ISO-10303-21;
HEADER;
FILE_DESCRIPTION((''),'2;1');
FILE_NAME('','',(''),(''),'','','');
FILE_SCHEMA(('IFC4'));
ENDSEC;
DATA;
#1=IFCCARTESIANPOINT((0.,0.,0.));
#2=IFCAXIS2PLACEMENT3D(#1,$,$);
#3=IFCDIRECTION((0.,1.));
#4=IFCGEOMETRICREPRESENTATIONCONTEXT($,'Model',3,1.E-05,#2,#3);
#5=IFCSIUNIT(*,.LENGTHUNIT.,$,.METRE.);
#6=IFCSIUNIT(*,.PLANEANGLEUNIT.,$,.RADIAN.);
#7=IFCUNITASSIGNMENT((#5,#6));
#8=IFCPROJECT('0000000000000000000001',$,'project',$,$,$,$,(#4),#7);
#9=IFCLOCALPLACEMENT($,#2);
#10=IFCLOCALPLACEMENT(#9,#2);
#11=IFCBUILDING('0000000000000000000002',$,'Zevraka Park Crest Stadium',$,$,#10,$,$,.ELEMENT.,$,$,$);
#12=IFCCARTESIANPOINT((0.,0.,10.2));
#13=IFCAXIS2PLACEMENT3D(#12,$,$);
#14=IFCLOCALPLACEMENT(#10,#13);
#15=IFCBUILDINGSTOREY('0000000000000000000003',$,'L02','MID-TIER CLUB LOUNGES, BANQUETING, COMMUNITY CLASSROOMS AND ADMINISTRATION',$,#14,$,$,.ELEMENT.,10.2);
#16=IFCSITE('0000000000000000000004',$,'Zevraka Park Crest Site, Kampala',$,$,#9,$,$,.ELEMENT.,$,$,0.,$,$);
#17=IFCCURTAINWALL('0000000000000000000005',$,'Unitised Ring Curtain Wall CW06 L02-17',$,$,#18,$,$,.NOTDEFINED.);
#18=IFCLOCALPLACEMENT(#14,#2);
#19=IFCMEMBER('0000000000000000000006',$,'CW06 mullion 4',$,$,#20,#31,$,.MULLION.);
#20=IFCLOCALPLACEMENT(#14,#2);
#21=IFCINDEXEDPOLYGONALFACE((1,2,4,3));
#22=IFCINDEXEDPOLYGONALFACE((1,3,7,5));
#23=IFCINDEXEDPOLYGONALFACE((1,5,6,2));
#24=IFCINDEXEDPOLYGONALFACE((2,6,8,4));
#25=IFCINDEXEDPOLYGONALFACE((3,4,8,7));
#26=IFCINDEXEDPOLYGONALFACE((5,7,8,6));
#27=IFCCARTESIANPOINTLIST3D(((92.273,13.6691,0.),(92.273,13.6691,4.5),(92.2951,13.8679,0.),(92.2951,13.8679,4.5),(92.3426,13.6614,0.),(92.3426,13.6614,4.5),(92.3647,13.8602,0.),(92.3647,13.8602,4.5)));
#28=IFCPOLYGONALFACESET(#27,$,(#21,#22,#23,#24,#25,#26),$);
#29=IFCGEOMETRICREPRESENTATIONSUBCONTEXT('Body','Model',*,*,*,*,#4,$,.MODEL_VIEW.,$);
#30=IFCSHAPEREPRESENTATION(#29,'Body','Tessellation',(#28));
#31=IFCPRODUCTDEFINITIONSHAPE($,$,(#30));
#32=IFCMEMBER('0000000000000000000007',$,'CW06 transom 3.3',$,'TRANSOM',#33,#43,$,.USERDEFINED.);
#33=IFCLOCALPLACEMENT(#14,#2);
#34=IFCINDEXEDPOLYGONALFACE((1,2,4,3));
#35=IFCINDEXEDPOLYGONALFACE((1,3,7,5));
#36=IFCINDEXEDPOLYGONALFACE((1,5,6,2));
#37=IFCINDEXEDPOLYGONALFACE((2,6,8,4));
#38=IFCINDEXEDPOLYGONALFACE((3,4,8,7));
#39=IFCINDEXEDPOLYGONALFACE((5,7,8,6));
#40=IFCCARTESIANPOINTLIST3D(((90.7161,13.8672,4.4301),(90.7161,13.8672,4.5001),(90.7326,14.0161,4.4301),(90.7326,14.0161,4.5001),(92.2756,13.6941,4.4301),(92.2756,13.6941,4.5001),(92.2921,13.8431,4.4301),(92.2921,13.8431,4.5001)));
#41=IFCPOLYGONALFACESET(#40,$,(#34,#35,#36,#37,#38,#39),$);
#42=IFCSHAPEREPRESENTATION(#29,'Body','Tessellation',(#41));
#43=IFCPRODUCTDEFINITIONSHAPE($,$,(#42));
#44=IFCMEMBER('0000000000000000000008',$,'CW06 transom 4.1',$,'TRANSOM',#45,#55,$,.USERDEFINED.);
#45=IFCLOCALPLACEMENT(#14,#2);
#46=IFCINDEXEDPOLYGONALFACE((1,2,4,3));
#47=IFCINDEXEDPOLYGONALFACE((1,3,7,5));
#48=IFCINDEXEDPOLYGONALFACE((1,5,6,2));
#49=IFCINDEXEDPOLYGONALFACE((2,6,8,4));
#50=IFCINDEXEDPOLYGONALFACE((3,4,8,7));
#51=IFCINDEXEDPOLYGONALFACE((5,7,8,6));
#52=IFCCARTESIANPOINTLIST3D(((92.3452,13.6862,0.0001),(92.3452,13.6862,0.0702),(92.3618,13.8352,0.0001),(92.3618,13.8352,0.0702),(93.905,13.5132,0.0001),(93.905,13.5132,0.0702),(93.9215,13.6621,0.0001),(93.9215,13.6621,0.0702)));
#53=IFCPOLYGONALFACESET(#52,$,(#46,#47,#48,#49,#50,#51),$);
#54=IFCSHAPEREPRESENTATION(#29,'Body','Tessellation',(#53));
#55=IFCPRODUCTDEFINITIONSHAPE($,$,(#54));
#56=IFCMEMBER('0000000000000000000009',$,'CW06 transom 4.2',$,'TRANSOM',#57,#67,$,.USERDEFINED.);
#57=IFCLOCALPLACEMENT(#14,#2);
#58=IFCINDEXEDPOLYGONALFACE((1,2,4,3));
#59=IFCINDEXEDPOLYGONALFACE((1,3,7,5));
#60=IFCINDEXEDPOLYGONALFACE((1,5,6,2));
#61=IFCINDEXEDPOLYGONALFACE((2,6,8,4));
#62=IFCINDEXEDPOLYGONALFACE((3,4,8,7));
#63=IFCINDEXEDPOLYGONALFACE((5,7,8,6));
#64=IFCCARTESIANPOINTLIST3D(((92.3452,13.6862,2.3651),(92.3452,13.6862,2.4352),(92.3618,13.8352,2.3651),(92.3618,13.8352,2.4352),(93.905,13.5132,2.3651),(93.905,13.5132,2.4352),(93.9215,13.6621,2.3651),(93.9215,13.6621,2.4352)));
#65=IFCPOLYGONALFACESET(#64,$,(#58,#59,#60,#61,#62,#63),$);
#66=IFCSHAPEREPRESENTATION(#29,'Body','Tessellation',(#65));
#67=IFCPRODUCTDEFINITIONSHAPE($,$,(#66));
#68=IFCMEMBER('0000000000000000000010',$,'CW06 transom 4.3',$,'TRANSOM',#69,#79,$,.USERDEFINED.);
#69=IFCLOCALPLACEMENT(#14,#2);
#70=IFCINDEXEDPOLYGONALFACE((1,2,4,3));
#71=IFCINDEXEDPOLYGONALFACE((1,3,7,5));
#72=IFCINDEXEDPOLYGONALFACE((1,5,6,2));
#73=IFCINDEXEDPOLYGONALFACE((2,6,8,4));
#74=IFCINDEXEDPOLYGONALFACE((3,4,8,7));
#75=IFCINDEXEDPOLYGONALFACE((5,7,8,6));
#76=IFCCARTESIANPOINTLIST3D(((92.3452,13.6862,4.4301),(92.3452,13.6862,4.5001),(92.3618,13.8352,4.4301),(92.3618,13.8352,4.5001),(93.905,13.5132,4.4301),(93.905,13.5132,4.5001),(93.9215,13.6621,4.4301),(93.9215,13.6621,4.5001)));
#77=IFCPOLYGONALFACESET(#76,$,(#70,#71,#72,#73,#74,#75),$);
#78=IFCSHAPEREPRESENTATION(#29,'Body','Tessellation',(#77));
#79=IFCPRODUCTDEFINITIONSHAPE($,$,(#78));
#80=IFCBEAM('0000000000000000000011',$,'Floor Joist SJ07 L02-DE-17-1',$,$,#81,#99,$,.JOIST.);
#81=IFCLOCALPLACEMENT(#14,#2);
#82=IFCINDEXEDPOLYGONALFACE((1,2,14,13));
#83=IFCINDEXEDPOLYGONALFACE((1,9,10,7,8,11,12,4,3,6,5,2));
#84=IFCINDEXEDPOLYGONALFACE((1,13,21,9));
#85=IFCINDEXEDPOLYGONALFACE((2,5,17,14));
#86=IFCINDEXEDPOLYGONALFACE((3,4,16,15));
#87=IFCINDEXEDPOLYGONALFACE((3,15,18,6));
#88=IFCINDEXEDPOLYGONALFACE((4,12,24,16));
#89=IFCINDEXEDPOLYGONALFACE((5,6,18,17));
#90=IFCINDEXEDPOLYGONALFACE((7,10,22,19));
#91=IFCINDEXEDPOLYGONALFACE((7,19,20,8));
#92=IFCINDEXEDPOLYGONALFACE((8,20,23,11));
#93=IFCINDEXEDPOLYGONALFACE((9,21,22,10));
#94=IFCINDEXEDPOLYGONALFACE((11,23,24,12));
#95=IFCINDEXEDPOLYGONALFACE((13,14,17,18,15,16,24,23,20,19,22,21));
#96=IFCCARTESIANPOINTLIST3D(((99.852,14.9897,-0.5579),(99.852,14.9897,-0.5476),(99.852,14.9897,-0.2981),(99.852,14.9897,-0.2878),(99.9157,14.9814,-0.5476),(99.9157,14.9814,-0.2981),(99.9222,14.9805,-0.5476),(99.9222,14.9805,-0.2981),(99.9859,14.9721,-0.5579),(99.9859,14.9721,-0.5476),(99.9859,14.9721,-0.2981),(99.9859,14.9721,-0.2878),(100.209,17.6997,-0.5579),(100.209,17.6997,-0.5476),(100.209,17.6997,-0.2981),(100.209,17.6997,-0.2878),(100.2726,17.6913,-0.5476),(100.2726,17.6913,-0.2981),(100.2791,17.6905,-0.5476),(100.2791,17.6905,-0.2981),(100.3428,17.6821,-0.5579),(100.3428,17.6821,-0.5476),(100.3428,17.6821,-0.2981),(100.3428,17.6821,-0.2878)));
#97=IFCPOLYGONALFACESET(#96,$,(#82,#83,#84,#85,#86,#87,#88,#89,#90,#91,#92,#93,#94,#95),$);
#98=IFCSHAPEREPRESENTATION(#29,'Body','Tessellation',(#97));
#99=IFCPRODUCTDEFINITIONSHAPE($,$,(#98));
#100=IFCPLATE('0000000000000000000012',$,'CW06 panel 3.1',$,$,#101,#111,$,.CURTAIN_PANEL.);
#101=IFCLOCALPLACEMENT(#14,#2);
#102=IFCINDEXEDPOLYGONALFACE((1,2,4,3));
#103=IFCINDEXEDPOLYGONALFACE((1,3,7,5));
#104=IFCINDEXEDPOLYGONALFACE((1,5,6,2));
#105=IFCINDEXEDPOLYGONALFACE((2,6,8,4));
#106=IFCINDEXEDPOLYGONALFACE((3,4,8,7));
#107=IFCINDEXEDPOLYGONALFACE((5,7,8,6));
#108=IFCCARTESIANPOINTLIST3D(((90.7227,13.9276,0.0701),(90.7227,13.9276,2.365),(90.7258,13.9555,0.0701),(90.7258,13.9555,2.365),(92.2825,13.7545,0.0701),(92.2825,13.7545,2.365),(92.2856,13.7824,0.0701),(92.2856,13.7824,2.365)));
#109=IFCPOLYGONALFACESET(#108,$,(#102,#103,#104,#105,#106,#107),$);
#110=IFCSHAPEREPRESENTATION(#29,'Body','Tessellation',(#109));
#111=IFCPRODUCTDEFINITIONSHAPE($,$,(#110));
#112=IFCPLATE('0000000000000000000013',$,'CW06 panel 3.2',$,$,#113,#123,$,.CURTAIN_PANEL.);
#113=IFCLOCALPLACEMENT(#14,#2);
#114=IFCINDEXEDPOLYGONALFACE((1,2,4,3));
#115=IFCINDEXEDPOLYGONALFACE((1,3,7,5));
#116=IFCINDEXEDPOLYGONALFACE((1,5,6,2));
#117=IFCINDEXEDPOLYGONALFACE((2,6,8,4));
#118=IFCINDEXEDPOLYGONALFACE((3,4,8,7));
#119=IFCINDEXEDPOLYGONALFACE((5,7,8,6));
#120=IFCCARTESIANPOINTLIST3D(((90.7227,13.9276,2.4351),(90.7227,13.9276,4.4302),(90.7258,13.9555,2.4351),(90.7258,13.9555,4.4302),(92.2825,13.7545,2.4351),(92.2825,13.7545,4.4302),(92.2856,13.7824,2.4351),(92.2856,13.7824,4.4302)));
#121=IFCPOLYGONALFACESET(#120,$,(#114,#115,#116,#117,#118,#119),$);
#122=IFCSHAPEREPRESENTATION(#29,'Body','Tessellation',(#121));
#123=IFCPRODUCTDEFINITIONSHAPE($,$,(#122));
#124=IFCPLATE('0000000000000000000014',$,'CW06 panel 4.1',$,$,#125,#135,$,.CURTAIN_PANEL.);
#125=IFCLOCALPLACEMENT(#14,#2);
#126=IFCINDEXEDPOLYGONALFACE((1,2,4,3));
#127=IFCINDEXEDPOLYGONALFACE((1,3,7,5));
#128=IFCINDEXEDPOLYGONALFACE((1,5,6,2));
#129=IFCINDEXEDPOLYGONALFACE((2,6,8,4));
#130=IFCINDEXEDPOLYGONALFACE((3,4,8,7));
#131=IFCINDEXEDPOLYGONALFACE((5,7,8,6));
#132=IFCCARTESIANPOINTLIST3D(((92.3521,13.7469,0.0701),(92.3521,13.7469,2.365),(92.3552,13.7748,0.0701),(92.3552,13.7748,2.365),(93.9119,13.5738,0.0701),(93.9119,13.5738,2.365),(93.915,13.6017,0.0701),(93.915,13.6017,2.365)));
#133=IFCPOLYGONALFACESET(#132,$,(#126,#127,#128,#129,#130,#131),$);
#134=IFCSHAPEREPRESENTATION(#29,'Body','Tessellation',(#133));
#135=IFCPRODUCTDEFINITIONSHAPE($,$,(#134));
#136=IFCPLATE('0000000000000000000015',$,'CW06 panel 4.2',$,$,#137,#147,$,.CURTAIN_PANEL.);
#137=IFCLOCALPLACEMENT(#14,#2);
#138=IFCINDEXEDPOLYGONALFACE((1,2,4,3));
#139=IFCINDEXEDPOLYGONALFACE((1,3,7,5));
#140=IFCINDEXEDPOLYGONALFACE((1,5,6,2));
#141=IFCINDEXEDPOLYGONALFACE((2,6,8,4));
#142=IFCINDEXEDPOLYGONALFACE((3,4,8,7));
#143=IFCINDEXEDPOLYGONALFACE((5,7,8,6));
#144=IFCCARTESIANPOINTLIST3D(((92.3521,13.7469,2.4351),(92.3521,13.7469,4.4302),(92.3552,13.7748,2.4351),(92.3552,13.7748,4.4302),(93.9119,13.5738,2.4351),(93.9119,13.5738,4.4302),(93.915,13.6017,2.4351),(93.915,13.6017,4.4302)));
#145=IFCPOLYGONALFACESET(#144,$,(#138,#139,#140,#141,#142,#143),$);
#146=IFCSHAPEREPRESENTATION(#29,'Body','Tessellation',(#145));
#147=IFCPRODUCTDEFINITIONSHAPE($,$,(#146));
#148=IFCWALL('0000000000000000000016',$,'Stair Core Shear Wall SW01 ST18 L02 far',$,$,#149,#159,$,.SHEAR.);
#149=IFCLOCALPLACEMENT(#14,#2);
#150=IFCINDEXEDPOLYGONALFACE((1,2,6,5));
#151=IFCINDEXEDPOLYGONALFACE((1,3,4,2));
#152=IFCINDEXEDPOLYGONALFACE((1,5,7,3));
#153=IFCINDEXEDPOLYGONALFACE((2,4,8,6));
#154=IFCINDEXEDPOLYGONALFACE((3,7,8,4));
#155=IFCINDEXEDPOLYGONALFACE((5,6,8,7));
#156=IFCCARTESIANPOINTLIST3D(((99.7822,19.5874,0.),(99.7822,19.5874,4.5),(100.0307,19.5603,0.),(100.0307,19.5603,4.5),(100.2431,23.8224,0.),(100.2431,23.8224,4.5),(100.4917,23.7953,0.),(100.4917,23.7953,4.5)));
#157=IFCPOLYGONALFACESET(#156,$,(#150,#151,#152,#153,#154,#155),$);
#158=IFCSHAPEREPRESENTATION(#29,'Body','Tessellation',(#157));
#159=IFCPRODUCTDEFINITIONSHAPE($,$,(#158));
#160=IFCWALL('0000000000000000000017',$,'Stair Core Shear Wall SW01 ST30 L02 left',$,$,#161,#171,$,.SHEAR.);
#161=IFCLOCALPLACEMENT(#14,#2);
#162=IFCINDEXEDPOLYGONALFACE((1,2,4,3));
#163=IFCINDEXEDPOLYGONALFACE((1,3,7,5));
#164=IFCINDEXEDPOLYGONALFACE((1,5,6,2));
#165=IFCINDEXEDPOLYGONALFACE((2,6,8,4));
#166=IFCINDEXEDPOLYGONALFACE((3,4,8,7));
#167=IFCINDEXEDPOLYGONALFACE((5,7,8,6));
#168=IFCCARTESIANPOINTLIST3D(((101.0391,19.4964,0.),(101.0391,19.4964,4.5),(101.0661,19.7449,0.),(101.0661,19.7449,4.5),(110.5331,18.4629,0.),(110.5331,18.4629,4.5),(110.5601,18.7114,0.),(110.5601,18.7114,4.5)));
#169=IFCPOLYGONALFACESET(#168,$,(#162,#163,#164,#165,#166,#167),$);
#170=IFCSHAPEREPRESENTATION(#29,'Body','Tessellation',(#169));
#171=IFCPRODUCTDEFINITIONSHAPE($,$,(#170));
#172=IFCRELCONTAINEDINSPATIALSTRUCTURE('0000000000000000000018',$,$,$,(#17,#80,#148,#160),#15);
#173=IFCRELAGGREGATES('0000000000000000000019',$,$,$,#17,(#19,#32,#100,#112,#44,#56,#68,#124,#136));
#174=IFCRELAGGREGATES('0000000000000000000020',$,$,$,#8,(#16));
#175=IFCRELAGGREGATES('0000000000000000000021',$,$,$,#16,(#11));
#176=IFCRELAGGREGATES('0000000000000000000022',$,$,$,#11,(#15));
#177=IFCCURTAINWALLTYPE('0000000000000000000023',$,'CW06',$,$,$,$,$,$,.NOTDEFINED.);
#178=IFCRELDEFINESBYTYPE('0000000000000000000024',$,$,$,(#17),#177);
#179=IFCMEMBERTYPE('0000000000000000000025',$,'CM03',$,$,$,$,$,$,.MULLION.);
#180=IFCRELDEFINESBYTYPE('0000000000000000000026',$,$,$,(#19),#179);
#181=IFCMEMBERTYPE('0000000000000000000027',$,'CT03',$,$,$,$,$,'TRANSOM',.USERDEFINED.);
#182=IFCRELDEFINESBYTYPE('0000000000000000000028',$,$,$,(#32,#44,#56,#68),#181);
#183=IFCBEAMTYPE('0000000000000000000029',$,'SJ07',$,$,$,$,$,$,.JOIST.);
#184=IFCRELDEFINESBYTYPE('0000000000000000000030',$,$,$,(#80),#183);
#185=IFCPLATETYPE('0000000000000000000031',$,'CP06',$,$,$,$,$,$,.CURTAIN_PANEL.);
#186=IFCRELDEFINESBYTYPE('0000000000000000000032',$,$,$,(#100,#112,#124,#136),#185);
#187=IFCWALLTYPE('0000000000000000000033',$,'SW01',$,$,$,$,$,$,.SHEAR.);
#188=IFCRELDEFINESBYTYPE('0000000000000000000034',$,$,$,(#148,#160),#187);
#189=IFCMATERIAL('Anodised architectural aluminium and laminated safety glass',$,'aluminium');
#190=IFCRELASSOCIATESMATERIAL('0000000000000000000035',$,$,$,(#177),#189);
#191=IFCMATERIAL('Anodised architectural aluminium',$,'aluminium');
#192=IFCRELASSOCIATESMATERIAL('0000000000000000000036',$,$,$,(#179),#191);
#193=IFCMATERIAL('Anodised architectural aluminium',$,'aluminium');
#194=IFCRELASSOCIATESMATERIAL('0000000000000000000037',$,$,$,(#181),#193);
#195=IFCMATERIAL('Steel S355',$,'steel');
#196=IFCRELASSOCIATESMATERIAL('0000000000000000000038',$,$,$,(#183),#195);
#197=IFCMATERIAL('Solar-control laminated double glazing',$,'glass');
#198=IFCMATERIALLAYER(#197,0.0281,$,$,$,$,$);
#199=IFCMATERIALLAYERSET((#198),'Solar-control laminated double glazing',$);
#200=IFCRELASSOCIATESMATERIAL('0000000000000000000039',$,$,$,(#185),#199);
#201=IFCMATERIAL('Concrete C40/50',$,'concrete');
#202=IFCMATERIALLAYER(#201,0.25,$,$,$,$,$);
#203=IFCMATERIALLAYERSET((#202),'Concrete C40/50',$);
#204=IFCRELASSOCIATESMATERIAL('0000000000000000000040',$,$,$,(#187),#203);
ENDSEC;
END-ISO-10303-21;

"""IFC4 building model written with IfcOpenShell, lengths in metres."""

from ifc_helpers import new_model, si_unit, direction, frame, frame_2d, origin, origin_2d, place, context, subcontext, project, spatial, rectangle, i_section, extrude, material, layer, layer_set, material_profile, profile_set, type_object, element, aggregate, save


model = new_model("IFC4")

# Units and contexts
model_context = context("Model", 3, precision=1e-05, world=origin(), true_north=direction((0.0, 1.0)))
body_context = subcontext(model_context, "Body", "Model", "MODEL_VIEW")
ifc_project = project(units=[si_unit("LENGTHUNIT", "METRE"), si_unit("PLANEANGLEUNIT", "RADIAN")], contexts=[model_context])

# Site, building, storey
site_placement = place(None, origin())
site = spatial("IfcSite", under=ifc_project, at=site_placement, Name="Zevraka Park Crest Site, Kampala", CompositionType="ELEMENT", RefElevation=0.0)
building_placement = place(site_placement, origin())
building = spatial("IfcBuilding", under=site, at=building_placement, Name="Zevraka Park Crest Stadium", CompositionType="ELEMENT")
storey_placement = place(building_placement, frame((0.0, 0.0, 10.2)))
storey = spatial("IfcBuildingStorey", under=building, at=storey_placement, Name="L02", Description="MID-TIER CLUB LOUNGES, BANQUETING, COMMUNITY CLASSROOMS AND ADMINISTRATION", CompositionType="ELEMENT", Elevation=10.2)

# Curtain wall, members
ifc_material_1 = material(Name="Anodised architectural aluminium and laminated safety glass", Category="aluminium")
curtain_wall_type = type_object("IfcCurtainWallType", Name="CW06", PredefinedType="NOTDEFINED", material=ifc_material_1)
curtain_wall_placement = place(storey_placement, origin())
curtain_wall = element("IfcCurtainWall", 1, at=curtain_wall_placement, inside=storey, type_object=curtain_wall_type, Name="Unitised Ring Curtain Wall CW06 L02-17", PredefinedType="NOTDEFINED")
ifc_material_2 = material(Name="Anodised architectural aluminium", Category="aluminium")
ifc_material_profile_1 = material_profile(ifc_material_2, rectangle(XDim=0.2, YDim=0.0701, at=origin_2d()), Name="ALU MULLION 200x70")
ifc_profile_set_1 = profile_set([ifc_material_profile_1], Name="Anodised architectural aluminium")
member_type_1 = type_object("IfcMemberType", Name="CM03", PredefinedType="MULLION", material=ifc_profile_set_1)
member_1_placement = place(storey_placement, frame((92.3188, 13.7646, 0.0), z_axis=(0.0, 0.0, 1.0), x_axis=(0.110293, 0.993899, 0.0)))
member_1 = element("IfcMember", 2, at=member_1_placement, type_object=member_type_1, Name="CW06 mullion 4", PredefinedType="MULLION", context=body_context, shape_type="SweptSolid", body=[
    extrude(rectangle(XDim=0.2, YDim=0.0701, at=origin_2d()), origin(), (0.0, 0.0, 1.0), 4.5),
])
ifc_material_3 = material(Name="Anodised architectural aluminium", Category="aluminium")
ifc_material_profile_2 = material_profile(ifc_material_3, rectangle(XDim=0.1499, YDim=0.0701, at=origin_2d()), Name="ALU TRANSOM 150x70")
ifc_profile_set_2 = profile_set([ifc_material_profile_2], Name="Anodised architectural aluminium")
member_type_2 = type_object("IfcMemberType", Name="CT03", ElementType="TRANSOM", PredefinedType="USERDEFINED", material=ifc_profile_set_2)
member_2_placement = place(storey_placement, frame((90.7244, 13.9417, 4.4651), z_axis=(0.993897, -0.110312, 0.0), x_axis=(0.110312, 0.993897, 0.0)))
member_2 = element("IfcMember", 3, at=member_2_placement, type_object=member_type_2, Name="CW06 transom 3.3", ObjectType="TRANSOM", PredefinedType="USERDEFINED", context=body_context, shape_type="SweptSolid", body=[
    extrude(rectangle(XDim=0.1499, YDim=0.0701, at=origin_2d()), origin(), (0.0, 0.0, 1.0), 1.5691),
])
member_3_placement = place(storey_placement, frame((92.3535, 13.7607, 0.0352), z_axis=(0.993899, -0.110295, 0.0), x_axis=(0.110295, 0.993899, 0.0)))
member_3 = element("IfcMember", 4, at=member_3_placement, type_object=member_type_2, Name="CW06 transom 4.1", ObjectType="TRANSOM", PredefinedType="USERDEFINED", context=body_context, shape_type="SweptSolid", body=[
    extrude(rectangle(XDim=0.1499, YDim=0.0701, at=origin_2d()), origin(), (0.0, 0.0, 1.0), 1.5693),
])
member_4_placement = place(storey_placement, frame((92.3535, 13.7607, 2.4001), z_axis=(0.993899, -0.110295, 0.0), x_axis=(0.110295, 0.993899, 0.0)))
member_4 = element("IfcMember", 5, at=member_4_placement, type_object=member_type_2, Name="CW06 transom 4.2", ObjectType="TRANSOM", PredefinedType="USERDEFINED", context=body_context, shape_type="SweptSolid", body=[
    extrude(rectangle(XDim=0.1499, YDim=0.0701, at=origin_2d()), origin(), (0.0, 0.0, 1.0), 1.5693),
])
member_5_placement = place(storey_placement, frame((92.3535, 13.7607, 4.4651), z_axis=(0.993899, -0.110295, 0.0), x_axis=(0.110295, 0.993899, 0.0)))
member_5 = element("IfcMember", 6, at=member_5_placement, type_object=member_type_2, Name="CW06 transom 4.3", ObjectType="TRANSOM", PredefinedType="USERDEFINED", context=body_context, shape_type="SweptSolid", body=[
    extrude(rectangle(XDim=0.1499, YDim=0.0701, at=origin_2d()), origin(), (0.0, 0.0, 1.0), 1.5693),
])

# Beam
ifc_material_4 = material(Name="Steel S355", Category="steel")
ifc_material_profile_3 = material_profile(ifc_material_4, i_section(OverallWidth=0.135, OverallDepth=0.27, WebThickness=0.0066, FlangeThickness=0.0103, at=origin_2d()), Name="IPE 270")
ifc_profile_set_3 = profile_set([ifc_material_profile_3], Name="Steel S355")
beam_type = type_object("IfcBeamType", Name="SJ07", PredefinedType="JOIST", material=ifc_profile_set_3)
beam_placement = place(storey_placement, frame((100.2759, 17.6909, -0.4229), z_axis=(-0.130584, -0.991437, 0.0), x_axis=(0.991437, -0.130584, 0.0)))
element("IfcBeam", 7, at=beam_placement, inside=storey, type_object=beam_type, Name="Floor Joist SJ07 L02-DE-17-1", PredefinedType="JOIST", context=body_context, shape_type="SweptSolid", body=[
    extrude(i_section(OverallWidth=0.135, OverallDepth=0.27, WebThickness=0.0066, FlangeThickness=0.0103, at=origin_2d()), origin(), (0.0, 0.0, 1.0), 2.7334),
])

# Plates
ifc_material_5 = material(Name="Solar-control laminated double glazing", Category="glass")
ifc_layer_1 = layer(ifc_material_5, 0.0281)
ifc_layer_set_1 = layer_set([ifc_layer_1], Name="Solar-control laminated double glazing")
plate_type = type_object("IfcPlateType", Name="CP06", PredefinedType="CURTAIN_PANEL", material=ifc_layer_set_1)
plate_1_placement = place(storey_placement, frame((91.5042, 13.855, 0.0701), z_axis=(0.0, 0.0, 1.0), x_axis=(0.993899, -0.110293, 0.0)))
plate_1 = element("IfcPlate", 8, at=plate_1_placement, type_object=plate_type, Name="CW06 panel 3.1", PredefinedType="CURTAIN_PANEL", context=body_context, shape_type="SweptSolid", body=[
    extrude(rectangle(XDim=1.5693, YDim=0.0281, at=origin_2d()), origin(), (0.0, 0.0, 1.0), 2.2949),
])
plate_2_placement = place(storey_placement, frame((91.5042, 13.855, 2.4351), z_axis=(0.0, 0.0, 1.0), x_axis=(0.993899, -0.110293, 0.0)))
plate_2 = element("IfcPlate", 9, at=plate_2_placement, type_object=plate_type, Name="CW06 panel 3.2", PredefinedType="CURTAIN_PANEL", context=body_context, shape_type="SweptSolid", body=[
    extrude(rectangle(XDim=1.5693, YDim=0.0281, at=origin_2d()), origin(), (0.0, 0.0, 1.0), 1.9951),
])
plate_3_placement = place(storey_placement, frame((93.1335, 13.6743, 0.0701), z_axis=(0.0, 0.0, 1.0), x_axis=(0.993899, -0.110293, 0.0)))
plate_3 = element("IfcPlate", 10, at=plate_3_placement, type_object=plate_type, Name="CW06 panel 4.1", PredefinedType="CURTAIN_PANEL", context=body_context, shape_type="SweptSolid", body=[
    extrude(rectangle(XDim=1.5693, YDim=0.0281, at=origin_2d()), origin(), (0.0, 0.0, 1.0), 2.2949),
])
plate_4_placement = place(storey_placement, frame((93.1335, 13.6743, 2.4351), z_axis=(0.0, 0.0, 1.0), x_axis=(0.993899, -0.110293, 0.0)))
plate_4 = element("IfcPlate", 11, at=plate_4_placement, type_object=plate_type, Name="CW06 panel 4.2", PredefinedType="CURTAIN_PANEL", context=body_context, shape_type="SweptSolid", body=[
    extrude(rectangle(XDim=1.5693, YDim=0.0281, at=origin_2d()), origin(), (0.0, 0.0, 1.0), 1.9951),
])
aggregate(curtain_wall, [member_1, member_2, plate_1, plate_2, member_3, member_4, member_5, plate_3, plate_4])

# Walls
ifc_material_6 = material(Name="Concrete C40/50", Category="concrete")
ifc_layer_2 = layer(ifc_material_6, 0.25)
ifc_layer_set_2 = layer_set([ifc_layer_2], Name="Concrete C40/50")
wall_type = type_object("IfcWallType", Name="SW01", PredefinedType="SHEAR", material=ifc_layer_set_2)
wall_1_placement = place(storey_placement, frame((99.9065, 19.574, 0.0), z_axis=(0.0, 0.0, 1.0), x_axis=(0.108198, 0.994129, 0.0)))
element("IfcWall", 12, at=wall_1_placement, inside=storey, type_object=wall_type, Name="Stair Core Shear Wall SW01 ST18 L02 far", PredefinedType="SHEAR", context=body_context, shape_type="SweptSolid", body=[
    extrude(rectangle(XDim=4.26, YDim=0.25, at=frame_2d((2.1299, 0.0))), origin(), (0.0, 0.0, 1.0), 4.5),
])
wall_2_placement = place(storey_placement, frame((101.0527, 19.6206, 0.0), z_axis=(0.0, 0.0, 1.0), x_axis=(0.994128, -0.108215, 0.0)))
element("IfcWall", 13, at=wall_2_placement, inside=storey, type_object=wall_type, Name="Stair Core Shear Wall SW01 ST30 L02 left", PredefinedType="SHEAR", context=body_context, shape_type="SweptSolid", body=[
    extrude(rectangle(XDim=9.55, YDim=0.25, at=frame_2d((4.7749, 0.0))), origin(), (0.0, 0.0, 1.0), 4.5),
])

save(model, "model.ifc")
